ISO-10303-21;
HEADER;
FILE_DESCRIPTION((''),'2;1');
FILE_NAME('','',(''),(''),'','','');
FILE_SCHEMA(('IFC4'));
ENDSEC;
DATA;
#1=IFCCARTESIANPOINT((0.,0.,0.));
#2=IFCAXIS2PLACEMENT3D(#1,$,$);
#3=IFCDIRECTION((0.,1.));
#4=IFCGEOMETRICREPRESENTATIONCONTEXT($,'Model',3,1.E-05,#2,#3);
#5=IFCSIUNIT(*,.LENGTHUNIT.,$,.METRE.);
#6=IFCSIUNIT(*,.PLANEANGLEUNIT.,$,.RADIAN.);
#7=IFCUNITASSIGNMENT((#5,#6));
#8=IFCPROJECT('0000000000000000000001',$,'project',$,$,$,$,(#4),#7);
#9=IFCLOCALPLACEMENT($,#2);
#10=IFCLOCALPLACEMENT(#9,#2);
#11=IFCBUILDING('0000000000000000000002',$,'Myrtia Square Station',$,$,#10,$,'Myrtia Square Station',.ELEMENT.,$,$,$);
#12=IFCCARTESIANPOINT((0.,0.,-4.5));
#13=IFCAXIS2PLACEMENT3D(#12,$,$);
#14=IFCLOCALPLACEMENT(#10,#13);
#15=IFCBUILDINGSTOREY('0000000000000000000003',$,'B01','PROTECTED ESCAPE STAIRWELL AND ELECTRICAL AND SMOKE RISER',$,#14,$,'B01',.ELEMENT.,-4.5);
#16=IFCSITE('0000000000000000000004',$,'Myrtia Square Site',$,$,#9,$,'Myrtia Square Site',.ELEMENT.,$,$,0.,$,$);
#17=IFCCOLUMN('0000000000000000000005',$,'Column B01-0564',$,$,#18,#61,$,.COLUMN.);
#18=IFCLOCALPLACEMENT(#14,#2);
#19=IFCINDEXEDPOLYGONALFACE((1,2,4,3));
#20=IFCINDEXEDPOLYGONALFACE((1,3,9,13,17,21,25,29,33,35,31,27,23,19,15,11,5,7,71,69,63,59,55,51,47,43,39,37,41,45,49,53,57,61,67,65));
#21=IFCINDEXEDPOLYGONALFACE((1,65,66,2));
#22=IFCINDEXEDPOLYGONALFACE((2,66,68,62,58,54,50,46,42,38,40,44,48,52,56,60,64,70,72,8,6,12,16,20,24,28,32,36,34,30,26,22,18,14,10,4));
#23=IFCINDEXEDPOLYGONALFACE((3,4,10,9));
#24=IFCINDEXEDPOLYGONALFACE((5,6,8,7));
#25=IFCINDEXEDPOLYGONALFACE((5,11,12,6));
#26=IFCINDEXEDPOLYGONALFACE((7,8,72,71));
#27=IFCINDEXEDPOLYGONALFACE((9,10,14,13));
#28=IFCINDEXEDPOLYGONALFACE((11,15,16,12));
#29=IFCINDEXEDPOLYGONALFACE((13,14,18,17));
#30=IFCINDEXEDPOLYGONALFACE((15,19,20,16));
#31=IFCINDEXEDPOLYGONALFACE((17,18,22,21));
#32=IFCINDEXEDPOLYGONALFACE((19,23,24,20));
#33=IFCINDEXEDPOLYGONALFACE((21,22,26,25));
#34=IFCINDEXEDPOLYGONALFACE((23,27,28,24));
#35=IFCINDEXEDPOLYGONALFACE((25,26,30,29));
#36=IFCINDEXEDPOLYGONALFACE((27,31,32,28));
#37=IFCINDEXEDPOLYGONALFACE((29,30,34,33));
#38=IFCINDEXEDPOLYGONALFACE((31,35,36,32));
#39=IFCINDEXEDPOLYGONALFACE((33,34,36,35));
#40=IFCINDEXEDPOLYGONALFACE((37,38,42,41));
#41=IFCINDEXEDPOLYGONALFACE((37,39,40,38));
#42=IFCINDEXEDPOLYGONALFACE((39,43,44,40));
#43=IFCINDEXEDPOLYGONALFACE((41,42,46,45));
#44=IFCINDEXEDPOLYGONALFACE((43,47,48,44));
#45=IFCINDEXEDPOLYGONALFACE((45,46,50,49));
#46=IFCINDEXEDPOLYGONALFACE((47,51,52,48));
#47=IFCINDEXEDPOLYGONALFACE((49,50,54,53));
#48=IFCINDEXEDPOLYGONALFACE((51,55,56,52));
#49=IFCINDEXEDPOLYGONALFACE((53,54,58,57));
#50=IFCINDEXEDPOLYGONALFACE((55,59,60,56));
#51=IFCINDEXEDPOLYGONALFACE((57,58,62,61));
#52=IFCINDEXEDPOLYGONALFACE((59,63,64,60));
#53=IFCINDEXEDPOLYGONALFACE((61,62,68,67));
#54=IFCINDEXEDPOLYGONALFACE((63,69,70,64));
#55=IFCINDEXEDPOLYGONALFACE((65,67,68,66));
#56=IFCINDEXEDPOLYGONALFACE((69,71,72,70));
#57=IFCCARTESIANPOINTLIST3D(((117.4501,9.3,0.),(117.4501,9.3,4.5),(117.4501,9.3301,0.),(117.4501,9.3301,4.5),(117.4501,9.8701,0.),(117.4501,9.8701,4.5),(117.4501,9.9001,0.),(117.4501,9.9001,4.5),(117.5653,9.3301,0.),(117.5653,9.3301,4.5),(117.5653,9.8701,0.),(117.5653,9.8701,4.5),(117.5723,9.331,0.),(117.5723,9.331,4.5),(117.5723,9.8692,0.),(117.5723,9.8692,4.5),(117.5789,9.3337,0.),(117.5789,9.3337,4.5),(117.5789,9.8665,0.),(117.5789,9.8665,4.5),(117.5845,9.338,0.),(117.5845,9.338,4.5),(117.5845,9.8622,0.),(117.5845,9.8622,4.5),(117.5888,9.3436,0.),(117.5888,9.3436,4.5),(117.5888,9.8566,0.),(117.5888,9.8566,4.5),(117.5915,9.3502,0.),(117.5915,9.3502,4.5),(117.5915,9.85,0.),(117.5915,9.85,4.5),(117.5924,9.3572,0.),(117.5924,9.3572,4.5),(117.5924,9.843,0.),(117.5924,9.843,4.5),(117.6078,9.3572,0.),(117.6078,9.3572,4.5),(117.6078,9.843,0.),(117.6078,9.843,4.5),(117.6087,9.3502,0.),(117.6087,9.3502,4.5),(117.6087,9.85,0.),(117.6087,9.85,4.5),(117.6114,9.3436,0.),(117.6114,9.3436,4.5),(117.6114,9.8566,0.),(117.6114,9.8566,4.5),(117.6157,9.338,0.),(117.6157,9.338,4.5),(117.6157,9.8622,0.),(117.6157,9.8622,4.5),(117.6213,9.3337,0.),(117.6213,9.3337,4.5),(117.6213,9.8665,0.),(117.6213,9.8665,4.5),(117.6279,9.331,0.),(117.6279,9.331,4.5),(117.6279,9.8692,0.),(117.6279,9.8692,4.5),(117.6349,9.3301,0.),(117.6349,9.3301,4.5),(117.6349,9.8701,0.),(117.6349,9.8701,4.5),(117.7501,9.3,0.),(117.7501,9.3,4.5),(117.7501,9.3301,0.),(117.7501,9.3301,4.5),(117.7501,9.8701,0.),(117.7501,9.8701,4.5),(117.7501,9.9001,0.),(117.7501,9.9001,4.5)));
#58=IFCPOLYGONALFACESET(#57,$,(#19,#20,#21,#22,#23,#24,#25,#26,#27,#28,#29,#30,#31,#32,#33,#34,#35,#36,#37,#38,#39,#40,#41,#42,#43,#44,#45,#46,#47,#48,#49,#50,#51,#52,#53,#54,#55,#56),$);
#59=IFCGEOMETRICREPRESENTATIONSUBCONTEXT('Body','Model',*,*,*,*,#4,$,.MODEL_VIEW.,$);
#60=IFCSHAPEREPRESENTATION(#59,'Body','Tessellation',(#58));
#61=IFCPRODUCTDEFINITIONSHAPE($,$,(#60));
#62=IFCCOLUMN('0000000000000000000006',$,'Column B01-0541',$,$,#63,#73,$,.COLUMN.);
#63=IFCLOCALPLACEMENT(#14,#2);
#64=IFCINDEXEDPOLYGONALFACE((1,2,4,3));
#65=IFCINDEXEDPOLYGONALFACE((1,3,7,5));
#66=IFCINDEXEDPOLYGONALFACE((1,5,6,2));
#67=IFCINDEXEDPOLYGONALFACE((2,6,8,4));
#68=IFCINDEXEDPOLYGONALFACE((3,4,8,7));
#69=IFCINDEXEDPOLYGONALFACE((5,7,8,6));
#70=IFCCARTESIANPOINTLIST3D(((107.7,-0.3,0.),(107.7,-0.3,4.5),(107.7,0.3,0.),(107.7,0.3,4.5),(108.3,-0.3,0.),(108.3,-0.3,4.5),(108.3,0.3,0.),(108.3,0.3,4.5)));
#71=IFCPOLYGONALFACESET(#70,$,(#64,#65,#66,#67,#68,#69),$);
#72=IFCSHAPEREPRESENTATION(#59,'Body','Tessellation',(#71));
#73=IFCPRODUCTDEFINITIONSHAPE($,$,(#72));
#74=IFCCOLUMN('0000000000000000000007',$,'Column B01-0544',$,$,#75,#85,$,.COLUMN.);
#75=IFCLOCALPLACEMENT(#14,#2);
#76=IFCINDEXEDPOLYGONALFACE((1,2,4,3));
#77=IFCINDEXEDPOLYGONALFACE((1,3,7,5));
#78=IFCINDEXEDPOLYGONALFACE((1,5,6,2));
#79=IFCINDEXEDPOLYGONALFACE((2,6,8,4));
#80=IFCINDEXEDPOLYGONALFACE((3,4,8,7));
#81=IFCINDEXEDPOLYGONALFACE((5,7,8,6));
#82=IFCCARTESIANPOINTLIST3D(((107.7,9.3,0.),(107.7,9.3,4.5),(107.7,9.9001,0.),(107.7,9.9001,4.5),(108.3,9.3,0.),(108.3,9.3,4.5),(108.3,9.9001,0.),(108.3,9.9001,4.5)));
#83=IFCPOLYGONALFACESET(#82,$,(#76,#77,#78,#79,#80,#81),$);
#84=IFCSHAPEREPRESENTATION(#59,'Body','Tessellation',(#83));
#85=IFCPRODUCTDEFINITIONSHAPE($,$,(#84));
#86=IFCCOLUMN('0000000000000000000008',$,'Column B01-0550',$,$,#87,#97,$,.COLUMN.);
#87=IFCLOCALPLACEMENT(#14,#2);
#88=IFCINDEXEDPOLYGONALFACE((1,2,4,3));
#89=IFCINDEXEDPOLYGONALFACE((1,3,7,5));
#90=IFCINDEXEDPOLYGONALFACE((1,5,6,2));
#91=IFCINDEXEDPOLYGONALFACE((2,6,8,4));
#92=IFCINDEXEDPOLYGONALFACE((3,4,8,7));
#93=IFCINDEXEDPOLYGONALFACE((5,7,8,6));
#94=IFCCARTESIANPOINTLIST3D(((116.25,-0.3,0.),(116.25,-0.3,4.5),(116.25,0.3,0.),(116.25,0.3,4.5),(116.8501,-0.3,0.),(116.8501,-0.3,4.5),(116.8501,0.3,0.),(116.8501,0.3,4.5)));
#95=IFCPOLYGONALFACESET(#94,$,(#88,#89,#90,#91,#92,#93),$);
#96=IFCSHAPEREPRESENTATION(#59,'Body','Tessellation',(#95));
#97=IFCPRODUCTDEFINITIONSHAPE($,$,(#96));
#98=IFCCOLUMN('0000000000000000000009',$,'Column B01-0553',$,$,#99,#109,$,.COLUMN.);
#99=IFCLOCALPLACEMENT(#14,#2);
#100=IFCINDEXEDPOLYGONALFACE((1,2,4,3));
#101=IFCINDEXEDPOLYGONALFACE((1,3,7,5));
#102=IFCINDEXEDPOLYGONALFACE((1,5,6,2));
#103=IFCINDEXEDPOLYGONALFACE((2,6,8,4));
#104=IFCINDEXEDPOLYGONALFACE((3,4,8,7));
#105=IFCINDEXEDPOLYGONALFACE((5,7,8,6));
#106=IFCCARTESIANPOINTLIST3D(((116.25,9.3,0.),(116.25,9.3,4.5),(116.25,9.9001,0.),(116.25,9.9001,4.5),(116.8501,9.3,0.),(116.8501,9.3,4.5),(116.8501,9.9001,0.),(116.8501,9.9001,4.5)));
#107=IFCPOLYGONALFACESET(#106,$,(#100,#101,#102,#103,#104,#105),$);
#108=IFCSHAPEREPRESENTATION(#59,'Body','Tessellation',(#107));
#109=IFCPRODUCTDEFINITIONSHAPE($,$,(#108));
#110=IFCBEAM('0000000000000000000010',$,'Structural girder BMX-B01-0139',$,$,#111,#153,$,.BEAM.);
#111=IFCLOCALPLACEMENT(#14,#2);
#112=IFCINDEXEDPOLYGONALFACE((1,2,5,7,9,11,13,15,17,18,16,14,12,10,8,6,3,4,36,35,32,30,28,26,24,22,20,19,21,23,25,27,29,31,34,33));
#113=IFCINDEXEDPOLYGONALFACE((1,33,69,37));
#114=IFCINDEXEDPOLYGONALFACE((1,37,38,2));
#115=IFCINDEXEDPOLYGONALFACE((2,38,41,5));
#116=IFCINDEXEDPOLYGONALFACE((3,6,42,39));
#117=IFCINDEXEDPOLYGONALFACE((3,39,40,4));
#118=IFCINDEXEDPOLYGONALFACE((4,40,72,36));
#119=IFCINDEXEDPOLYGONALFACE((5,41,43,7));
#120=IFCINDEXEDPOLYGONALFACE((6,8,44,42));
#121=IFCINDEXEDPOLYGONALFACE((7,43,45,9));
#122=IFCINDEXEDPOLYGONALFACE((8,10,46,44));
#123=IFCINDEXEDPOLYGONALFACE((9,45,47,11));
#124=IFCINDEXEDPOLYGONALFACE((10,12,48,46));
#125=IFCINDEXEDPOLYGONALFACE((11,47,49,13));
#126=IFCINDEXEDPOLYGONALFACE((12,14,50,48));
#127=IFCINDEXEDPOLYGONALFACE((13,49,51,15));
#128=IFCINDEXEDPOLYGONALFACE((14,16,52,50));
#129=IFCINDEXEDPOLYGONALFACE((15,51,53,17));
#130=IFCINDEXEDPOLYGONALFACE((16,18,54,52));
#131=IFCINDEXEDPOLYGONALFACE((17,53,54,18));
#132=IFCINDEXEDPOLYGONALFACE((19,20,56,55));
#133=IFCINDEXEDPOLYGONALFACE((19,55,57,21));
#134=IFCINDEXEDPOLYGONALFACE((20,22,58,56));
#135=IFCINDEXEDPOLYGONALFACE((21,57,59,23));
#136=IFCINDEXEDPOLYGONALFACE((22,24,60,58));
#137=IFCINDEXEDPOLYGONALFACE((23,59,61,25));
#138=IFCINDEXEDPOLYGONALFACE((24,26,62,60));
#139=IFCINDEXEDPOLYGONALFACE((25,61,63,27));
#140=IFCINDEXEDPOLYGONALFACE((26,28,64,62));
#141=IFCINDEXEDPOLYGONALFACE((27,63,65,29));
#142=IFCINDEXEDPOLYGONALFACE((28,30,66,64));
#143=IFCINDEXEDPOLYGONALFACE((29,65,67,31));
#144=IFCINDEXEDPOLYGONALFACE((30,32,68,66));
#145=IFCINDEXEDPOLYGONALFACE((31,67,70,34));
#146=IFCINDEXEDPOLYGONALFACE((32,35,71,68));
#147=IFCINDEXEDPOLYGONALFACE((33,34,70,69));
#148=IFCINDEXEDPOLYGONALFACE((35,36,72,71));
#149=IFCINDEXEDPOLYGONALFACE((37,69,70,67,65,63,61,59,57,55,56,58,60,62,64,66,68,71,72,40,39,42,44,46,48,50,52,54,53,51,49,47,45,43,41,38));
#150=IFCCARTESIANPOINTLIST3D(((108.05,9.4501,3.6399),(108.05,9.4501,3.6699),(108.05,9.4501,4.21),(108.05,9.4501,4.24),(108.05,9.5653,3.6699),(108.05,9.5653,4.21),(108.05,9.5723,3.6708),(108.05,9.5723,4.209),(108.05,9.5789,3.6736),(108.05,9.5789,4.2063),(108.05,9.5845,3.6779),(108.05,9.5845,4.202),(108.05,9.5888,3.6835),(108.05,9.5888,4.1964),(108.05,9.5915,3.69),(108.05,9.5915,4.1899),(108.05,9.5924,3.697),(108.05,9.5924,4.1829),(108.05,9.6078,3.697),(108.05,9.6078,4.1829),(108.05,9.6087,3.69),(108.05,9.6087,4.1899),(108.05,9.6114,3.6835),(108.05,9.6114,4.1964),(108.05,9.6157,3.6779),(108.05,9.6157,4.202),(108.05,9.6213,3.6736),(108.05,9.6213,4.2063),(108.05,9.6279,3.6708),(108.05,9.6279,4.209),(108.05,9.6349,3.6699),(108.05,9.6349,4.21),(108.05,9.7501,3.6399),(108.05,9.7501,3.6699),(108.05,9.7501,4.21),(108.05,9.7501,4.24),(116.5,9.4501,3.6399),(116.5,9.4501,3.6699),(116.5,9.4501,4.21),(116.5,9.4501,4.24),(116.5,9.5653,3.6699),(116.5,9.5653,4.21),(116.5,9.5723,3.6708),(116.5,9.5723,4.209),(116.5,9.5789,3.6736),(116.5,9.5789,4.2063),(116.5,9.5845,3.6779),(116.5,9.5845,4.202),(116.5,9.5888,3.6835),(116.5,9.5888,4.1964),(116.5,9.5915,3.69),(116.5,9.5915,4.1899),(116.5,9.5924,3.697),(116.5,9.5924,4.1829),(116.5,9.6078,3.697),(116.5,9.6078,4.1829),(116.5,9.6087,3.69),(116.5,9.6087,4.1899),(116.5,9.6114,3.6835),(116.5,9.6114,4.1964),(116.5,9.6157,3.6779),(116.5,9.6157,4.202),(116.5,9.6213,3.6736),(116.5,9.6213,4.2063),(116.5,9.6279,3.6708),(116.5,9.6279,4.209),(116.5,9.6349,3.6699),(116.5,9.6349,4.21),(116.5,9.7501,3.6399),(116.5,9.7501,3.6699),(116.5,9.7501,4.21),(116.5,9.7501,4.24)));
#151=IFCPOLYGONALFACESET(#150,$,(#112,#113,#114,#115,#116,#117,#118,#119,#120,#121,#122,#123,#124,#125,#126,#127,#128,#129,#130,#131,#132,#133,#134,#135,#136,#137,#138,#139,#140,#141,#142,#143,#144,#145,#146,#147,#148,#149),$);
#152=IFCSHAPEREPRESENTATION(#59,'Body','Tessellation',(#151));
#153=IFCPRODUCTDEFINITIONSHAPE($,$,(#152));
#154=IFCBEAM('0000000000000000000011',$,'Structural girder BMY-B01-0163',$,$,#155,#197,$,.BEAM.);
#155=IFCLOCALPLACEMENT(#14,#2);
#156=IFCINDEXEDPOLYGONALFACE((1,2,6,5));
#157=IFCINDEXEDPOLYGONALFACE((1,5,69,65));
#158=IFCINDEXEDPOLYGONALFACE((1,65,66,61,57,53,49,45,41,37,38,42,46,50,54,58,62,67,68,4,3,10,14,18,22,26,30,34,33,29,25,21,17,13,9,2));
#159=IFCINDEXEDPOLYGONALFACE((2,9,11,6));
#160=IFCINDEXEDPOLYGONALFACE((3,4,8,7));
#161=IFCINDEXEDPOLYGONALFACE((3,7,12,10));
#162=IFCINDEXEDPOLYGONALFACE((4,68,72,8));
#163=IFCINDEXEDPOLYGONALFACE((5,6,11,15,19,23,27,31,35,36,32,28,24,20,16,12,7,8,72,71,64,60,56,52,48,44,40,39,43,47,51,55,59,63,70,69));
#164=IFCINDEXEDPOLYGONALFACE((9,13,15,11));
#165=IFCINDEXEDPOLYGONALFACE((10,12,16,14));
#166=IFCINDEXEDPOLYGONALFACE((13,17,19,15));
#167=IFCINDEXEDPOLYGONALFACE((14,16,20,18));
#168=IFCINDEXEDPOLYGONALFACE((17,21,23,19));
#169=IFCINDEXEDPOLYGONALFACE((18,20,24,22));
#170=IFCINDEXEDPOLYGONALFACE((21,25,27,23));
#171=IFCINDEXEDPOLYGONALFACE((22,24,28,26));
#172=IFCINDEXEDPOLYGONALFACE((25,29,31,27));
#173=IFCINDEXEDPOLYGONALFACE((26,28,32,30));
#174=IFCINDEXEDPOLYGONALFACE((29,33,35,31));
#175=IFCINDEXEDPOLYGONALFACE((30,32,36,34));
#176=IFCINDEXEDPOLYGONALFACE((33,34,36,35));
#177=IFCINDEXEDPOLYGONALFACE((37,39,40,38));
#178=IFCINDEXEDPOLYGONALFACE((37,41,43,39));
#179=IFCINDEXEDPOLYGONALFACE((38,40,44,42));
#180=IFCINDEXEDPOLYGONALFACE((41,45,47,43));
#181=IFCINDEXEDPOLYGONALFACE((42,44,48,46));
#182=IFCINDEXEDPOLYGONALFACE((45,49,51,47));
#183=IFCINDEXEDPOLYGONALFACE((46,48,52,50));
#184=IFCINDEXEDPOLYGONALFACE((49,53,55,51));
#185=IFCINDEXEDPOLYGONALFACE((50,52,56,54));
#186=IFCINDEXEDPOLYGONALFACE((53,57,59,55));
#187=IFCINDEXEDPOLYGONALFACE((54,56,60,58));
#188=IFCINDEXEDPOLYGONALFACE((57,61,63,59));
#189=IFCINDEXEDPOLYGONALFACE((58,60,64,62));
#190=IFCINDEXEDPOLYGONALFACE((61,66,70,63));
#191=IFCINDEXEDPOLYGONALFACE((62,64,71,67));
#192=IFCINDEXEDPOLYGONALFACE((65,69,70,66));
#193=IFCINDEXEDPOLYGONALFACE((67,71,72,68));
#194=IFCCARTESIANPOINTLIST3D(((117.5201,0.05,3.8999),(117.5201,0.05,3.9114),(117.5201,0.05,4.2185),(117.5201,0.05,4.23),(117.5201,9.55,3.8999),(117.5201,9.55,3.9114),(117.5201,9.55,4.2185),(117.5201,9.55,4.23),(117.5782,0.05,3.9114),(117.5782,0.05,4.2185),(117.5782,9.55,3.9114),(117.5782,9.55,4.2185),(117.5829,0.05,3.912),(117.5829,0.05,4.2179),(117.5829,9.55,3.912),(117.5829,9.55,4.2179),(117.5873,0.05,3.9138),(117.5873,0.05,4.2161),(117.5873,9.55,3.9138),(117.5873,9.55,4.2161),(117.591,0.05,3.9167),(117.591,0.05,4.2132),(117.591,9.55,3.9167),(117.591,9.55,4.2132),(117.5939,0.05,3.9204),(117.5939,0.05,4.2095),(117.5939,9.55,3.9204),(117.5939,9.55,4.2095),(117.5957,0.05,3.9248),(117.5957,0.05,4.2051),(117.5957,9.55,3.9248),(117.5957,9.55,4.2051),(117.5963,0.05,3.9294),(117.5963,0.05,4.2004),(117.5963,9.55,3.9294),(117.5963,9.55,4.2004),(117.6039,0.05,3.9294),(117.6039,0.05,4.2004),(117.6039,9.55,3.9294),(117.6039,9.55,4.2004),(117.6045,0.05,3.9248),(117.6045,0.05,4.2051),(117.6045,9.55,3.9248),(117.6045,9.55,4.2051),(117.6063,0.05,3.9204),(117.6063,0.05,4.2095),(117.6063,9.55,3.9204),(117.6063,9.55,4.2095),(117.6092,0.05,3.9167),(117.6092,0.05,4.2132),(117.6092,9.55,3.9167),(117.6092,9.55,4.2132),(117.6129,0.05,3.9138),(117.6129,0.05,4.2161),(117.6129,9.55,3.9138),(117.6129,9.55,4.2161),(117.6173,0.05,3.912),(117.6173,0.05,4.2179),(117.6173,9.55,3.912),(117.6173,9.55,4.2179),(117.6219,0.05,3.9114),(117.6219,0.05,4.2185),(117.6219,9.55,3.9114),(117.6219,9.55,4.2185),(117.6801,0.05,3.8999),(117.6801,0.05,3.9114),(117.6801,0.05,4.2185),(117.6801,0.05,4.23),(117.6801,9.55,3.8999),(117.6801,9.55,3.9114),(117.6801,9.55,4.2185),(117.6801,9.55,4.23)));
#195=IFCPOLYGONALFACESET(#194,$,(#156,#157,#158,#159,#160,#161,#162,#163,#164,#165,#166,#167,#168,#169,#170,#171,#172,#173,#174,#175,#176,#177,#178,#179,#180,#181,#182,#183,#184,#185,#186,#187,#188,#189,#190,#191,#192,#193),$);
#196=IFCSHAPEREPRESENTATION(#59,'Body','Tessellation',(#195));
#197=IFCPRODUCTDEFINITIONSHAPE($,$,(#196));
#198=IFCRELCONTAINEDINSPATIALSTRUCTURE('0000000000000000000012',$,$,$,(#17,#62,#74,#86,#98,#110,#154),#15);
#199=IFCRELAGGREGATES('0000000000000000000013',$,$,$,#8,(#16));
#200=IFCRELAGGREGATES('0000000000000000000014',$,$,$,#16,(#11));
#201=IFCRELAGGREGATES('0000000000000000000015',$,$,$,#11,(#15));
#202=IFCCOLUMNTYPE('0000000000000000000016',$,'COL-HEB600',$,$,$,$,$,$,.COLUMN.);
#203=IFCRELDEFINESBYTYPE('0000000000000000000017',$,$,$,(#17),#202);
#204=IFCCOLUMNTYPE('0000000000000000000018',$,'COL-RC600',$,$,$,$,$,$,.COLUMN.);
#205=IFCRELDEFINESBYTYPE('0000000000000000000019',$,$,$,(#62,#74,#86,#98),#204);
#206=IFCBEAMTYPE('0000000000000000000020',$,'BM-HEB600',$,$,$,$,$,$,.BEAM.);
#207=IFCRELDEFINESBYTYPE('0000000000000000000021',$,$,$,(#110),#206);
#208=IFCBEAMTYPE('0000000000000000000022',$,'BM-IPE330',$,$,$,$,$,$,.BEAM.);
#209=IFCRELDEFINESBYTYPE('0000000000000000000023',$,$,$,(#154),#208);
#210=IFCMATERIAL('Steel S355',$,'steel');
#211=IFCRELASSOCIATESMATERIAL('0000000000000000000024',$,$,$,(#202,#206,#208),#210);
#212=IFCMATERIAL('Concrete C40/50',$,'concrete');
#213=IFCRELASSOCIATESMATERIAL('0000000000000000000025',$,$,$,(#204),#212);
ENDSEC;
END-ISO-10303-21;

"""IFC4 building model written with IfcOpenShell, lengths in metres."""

from ifc_helpers import new_model, si_unit, direction, frame, origin, origin_2d, place, context, subcontext, project, spatial, rectangle, i_section, extrude, material, material_profile, profile_set, type_object, element, save


model = new_model("IFC4")

# Units and contexts
model_context = context("Model", 3, precision=1e-05, world=origin(), true_north=direction((0.0, 1.0)))
body_context = subcontext(model_context, "Body", "Model", "MODEL_VIEW")
ifc_project = project(units=[si_unit("LENGTHUNIT", "METRE"), si_unit("PLANEANGLEUNIT", "RADIAN")], contexts=[model_context])

# Site, building, storey
site_placement = place(None, origin())
site = spatial("IfcSite", under=ifc_project, at=site_placement, Name="Myrtia Square Site", LongName="Myrtia Square Site", CompositionType="ELEMENT", RefElevation=0.0)
building_placement = place(site_placement, origin())
building = spatial("IfcBuilding", under=site, at=building_placement, Name="Myrtia Square Station", LongName="Myrtia Square Station", CompositionType="ELEMENT")
storey_placement = place(building_placement, frame((0.0, 0.0, -4.5)))
storey = spatial("IfcBuildingStorey", under=building, at=storey_placement, Name="B01", Description="PROTECTED ESCAPE STAIRWELL AND ELECTRICAL AND SMOKE RISER", LongName="B01", CompositionType="ELEMENT", Elevation=-4.5)

# Columns
ifc_material_1 = material(Name="Steel S355", Category="steel")
ifc_material_profile_1 = material_profile(ifc_material_1, i_section(OverallWidth=0.3, OverallDepth=0.6001, WebThickness=0.0154, FlangeThickness=0.03, FilletRadius=0.0271, at=origin_2d()), Name="HEB 600")
ifc_profile_set_1 = profile_set([ifc_material_profile_1], Name="Steel S355")
column_type_1 = type_object("IfcColumnType", Name="COL-HEB600", PredefinedType="COLUMN", material=ifc_profile_set_1)
for number, where, z_axis, x_axis, name in (
    (1, (117.6001, 9.6001, 0.0), (0.0, 0.0, 1.0), (1.0, 0.0, 0.0), "Column B01-0564"),
):
    element("IfcColumn", number, at=place(storey_placement, frame(where, z_axis=z_axis, x_axis=x_axis)), inside=storey, type_object=column_type_1, Name=name, PredefinedType="COLUMN", context=body_context, shape_type="SweptSolid", body=[
        extrude(i_section(OverallWidth=0.3, OverallDepth=0.6001, WebThickness=0.0154, FlangeThickness=0.03, FilletRadius=0.0271, at=origin_2d()), origin(), (0.0, 0.0, 1.0), 4.5),
    ])
ifc_material_2 = material(Name="Concrete C40/50", Category="concrete")
ifc_material_profile_2 = material_profile(ifc_material_2, rectangle(XDim=0.6001, YDim=0.6001, at=origin_2d()), Name="RC 600x600")
ifc_profile_set_2 = profile_set([ifc_material_profile_2], Name="Concrete C40/50")
column_type_2 = type_object("IfcColumnType", Name="COL-RC600", PredefinedType="COLUMN", material=ifc_profile_set_2)
for number, where, z_axis, x_axis, name in (
    (2, (108.0, 0.0, 0.0), (0.0, 0.0, 1.0), (1.0, 0.0, 0.0), "Column B01-0541"),
    (3, (108.0, 9.6001, 0.0), (0.0, 0.0, 1.0), (1.0, 0.0, 0.0), "Column B01-0544"),
    (4, (116.55, 0.0, 0.0), (0.0, 0.0, 1.0), (1.0, 0.0, 0.0), "Column B01-0550"),
    (5, (116.55, 9.6001, 0.0), (0.0, 0.0, 1.0), (1.0, 0.0, 0.0), "Column B01-0553"),
):
    element("IfcColumn", number, at=place(storey_placement, frame(where, z_axis=z_axis, x_axis=x_axis)), inside=storey, type_object=column_type_2, Name=name, PredefinedType="COLUMN", context=body_context, shape_type="SweptSolid", body=[
        extrude(rectangle(XDim=0.6001, YDim=0.6001, at=origin_2d()), origin(), (0.0, 0.0, 1.0), 4.5),
    ])

# Beams
ifc_material_profile_3 = material_profile(ifc_material_1, i_section(OverallWidth=0.3, OverallDepth=0.6001, WebThickness=0.0154, FlangeThickness=0.03, FilletRadius=0.0271, at=origin_2d()), Name="HEB 600")
ifc_profile_set_3 = profile_set([ifc_material_profile_3], Name="Steel S355")
beam_type_1 = type_object("IfcBeamType", Name="BM-HEB600", PredefinedType="BEAM", material=ifc_profile_set_3)
beam_1_placement = place(storey_placement, frame((108.05, 9.6001, 3.9399), z_axis=(1.0, 0.0, 0.0), x_axis=(0.0, 1.0, 0.0)))
element("IfcBeam", 6, at=beam_1_placement, inside=storey, type_object=beam_type_1, Name="Structural girder BMX-B01-0139", PredefinedType="BEAM", context=body_context, shape_type="SweptSolid", body=[
    extrude(i_section(OverallWidth=0.3, OverallDepth=0.6001, WebThickness=0.0154, FlangeThickness=0.03, FilletRadius=0.0271, at=origin_2d()), origin(), (0.0, 0.0, 1.0), 8.45),
])
ifc_material_profile_4 = material_profile(ifc_material_1, i_section(OverallWidth=0.1599, OverallDepth=0.3301, WebThickness=0.0076, FlangeThickness=0.0115, FilletRadius=0.0181, at=origin_2d()), Name="IPE 330")
ifc_profile_set_4 = profile_set([ifc_material_profile_4], Name="Steel S355")
beam_type_2 = type_object("IfcBeamType", Name="BM-IPE330", PredefinedType="BEAM", material=ifc_profile_set_4)
beam_2_placement = place(storey_placement, frame((117.6001, 0.05, 4.0649), z_axis=(0.0, 1.0, 0.0), x_axis=(-1.0, 0.0, 0.0)))
element("IfcBeam", 7, at=beam_2_placement, inside=storey, type_object=beam_type_2, Name="Structural girder BMY-B01-0163", PredefinedType="BEAM", context=body_context, shape_type="SweptSolid", body=[
    extrude(i_section(OverallWidth=0.1599, OverallDepth=0.3301, WebThickness=0.0076, FlangeThickness=0.0115, FilletRadius=0.0181, at=origin_2d()), origin(), (0.0, 0.0, 1.0), 9.5),
])

save(model, "model.ifc")
